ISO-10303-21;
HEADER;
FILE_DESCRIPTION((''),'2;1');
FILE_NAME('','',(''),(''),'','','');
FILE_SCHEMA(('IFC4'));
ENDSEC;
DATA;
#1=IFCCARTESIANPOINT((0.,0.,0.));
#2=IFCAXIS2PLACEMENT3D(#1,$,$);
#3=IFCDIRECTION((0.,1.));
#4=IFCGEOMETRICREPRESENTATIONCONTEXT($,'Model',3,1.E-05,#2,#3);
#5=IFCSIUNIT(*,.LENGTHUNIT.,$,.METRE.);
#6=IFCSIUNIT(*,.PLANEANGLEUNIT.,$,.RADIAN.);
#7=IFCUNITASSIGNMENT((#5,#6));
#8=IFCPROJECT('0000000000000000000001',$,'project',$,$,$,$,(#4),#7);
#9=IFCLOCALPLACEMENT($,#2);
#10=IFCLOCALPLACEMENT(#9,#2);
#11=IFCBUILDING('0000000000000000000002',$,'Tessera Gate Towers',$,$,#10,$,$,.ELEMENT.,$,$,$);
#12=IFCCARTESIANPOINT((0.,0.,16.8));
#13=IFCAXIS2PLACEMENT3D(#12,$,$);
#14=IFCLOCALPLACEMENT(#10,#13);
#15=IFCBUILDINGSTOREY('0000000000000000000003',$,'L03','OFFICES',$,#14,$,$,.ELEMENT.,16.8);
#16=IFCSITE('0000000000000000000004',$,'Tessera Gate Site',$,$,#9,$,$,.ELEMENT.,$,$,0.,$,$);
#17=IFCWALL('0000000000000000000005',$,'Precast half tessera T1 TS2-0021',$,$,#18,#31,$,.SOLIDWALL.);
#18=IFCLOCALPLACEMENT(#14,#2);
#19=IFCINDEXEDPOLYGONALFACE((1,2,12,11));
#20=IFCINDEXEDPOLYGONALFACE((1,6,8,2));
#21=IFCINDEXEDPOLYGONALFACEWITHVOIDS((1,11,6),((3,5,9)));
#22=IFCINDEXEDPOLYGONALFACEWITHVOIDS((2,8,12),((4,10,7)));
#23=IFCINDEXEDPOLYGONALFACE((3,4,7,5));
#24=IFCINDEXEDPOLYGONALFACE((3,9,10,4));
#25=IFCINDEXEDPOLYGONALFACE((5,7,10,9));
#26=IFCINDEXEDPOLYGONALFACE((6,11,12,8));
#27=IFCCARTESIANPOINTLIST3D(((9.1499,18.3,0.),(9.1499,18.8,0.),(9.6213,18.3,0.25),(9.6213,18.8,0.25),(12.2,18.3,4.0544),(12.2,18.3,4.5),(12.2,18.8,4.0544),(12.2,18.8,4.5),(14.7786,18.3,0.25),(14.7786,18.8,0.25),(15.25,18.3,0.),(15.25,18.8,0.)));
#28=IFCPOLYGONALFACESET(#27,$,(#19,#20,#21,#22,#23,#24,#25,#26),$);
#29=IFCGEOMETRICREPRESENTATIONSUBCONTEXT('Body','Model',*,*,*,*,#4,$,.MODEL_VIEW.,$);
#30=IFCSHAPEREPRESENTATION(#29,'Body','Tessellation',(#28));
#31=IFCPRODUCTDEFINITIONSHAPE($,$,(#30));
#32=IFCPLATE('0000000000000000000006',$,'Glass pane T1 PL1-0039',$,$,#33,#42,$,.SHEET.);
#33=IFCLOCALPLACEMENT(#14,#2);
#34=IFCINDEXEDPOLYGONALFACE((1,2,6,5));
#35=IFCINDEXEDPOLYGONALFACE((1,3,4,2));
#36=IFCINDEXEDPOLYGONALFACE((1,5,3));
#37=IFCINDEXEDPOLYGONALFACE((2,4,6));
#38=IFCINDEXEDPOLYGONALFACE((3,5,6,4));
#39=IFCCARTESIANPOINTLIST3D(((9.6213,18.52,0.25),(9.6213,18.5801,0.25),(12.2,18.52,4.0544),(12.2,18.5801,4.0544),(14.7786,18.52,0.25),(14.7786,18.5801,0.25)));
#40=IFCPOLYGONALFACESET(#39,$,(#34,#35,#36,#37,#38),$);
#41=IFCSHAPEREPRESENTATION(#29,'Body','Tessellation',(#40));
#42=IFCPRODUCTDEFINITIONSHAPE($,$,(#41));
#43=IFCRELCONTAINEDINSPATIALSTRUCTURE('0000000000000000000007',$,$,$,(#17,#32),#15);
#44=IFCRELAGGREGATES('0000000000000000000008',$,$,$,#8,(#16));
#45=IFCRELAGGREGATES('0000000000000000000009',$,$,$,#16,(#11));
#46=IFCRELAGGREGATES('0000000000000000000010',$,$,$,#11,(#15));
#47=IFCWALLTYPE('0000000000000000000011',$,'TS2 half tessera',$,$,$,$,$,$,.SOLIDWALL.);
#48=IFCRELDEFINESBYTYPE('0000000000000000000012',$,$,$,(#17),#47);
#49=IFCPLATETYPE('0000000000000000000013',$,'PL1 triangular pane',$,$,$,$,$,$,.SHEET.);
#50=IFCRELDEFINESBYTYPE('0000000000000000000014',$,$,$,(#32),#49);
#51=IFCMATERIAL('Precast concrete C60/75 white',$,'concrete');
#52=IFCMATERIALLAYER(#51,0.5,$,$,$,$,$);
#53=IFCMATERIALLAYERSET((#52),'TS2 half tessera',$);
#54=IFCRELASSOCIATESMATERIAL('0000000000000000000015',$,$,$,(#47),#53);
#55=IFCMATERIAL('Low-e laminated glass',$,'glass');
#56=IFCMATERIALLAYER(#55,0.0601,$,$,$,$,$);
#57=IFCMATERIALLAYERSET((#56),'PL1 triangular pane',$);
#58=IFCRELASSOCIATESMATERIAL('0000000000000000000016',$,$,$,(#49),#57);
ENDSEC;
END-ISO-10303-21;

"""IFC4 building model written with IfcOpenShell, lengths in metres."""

from ifc_helpers import new_model, si_unit, direction, frame, origin, place, context, subcontext, project, spatial, polyline, outline, extrude, source, transform, mapped, material, layer, layer_set, type_object, element, fill, save


model = new_model("IFC4")

# Units and contexts
model_context = context("Model", 3, precision=1e-05, world=origin(), true_north=direction((0.0, 1.0)))
body_context = subcontext(model_context, "Body", "Model", "MODEL_VIEW")
ifc_project = project(units=[si_unit("LENGTHUNIT", "METRE"), si_unit("PLANEANGLEUNIT", "RADIAN")], contexts=[model_context])

# Site, building, storey
site_placement = place(None, origin())
site = spatial("IfcSite", under=ifc_project, at=site_placement, Name="Tessera Gate Site", CompositionType="ELEMENT", RefElevation=0.0)
building_placement = place(site_placement, origin())
building = spatial("IfcBuilding", under=site, at=building_placement, Name="Tessera Gate Towers", CompositionType="ELEMENT")
storey_placement = place(building_placement, frame((0.0, 0.0, 16.8)))
storey = spatial("IfcBuildingStorey", under=building, at=storey_placement, Name="L03", Description="OFFICES", CompositionType="ELEMENT", Elevation=16.8)

# Wall, opening, plate
ifc_material_1 = material(Name="Precast concrete C60/75 white", Category="concrete")
ifc_layer_1 = layer(ifc_material_1, 0.5)
ifc_layer_set_1 = layer_set([ifc_layer_1], Name="TS2 half tessera")
wall_type_1 = type_object("IfcWallType", Name="TS2 half tessera", PredefinedType="SOLIDWALL", material=ifc_layer_set_1)
shared_shape_1 = source(origin(), body_context, "Body", "SweptSolid", [
    extrude(outline(polyline([(6.1001, 0.0), (3.05, 4.5), (0.0, 0.0), (6.1001, 0.0)])), frame((0.0, 0.25, 0.0), z_axis=(0.0, -1.0, 0.0), x_axis=(1.0, 0.0, 0.0)), (0.0, 0.0, 1.0), 0.5),
])
wall_1_placement = place(storey_placement, frame((9.1499, 18.55, 0.0), z_axis=(0.0, 0.0, 1.0), x_axis=(1.0, 0.0, 0.0)))
wall_1 = element("IfcWall", 1, at=wall_1_placement, inside=storey, type_object=wall_type_1, Name="Precast half tessera T1 TS2-0021", PredefinedType="SOLIDWALL", context=body_context, shape_type="MappedRepresentation", body=[
    mapped(shared_shape_1, transform((0.0, 0.0, 0.0), scale=1.0)),
])
shared_shape_2 = source(origin(), body_context, "Body", "SweptSolid", [
    extrude(outline(polyline([(5.6287, 0.25), (3.05, 4.0544), (0.4714, 0.25), (5.6287, 0.25)])), frame((0.0, 0.26, 0.0), z_axis=(0.0, -1.0, 0.0), x_axis=(1.0, 0.0, 0.0)), (0.0, 0.0, 1.0), 0.52),
])
opening_1_placement = place(wall_1_placement, origin())
opening_1 = element("IfcOpeningElement", 2, at=opening_1_placement, cuts=wall_1, PredefinedType="OPENING", context=body_context, shape_type="MappedRepresentation", body=[
    mapped(shared_shape_2, transform((0.0, 0.0, 0.0), scale=1.0)),
])
ifc_material_2 = material(Name="Low-e laminated glass", Category="glass")
ifc_layer_2 = layer(ifc_material_2, 0.0601)
ifc_layer_set_2 = layer_set([ifc_layer_2], Name="PL1 triangular pane")
plate_type = type_object("IfcPlateType", Name="PL1 triangular pane", PredefinedType="SHEET", material=ifc_layer_set_2)
shared_shape_3 = source(origin(), body_context, "Body", "SweptSolid", [
    extrude(outline(polyline([(5.6287, 0.25), (3.05, 4.0544), (0.4714, 0.25), (5.6287, 0.25)])), frame((0.0, 0.03, 0.0), z_axis=(0.0, -1.0, 0.0), x_axis=(1.0, 0.0, 0.0)), (0.0, 0.0, 1.0), 0.0601),
])
plate_placement = place(opening_1_placement, origin())
plate = element("IfcPlate", 3, at=plate_placement, inside=storey, type_object=plate_type, Name="Glass pane T1 PL1-0039", PredefinedType="SHEET", context=body_context, shape_type="MappedRepresentation", body=[
    mapped(shared_shape_3, transform((0.0, 0.0, 0.0), scale=1.0)),
])
fill(opening_1, plate)

save(model, "model.ifc")
